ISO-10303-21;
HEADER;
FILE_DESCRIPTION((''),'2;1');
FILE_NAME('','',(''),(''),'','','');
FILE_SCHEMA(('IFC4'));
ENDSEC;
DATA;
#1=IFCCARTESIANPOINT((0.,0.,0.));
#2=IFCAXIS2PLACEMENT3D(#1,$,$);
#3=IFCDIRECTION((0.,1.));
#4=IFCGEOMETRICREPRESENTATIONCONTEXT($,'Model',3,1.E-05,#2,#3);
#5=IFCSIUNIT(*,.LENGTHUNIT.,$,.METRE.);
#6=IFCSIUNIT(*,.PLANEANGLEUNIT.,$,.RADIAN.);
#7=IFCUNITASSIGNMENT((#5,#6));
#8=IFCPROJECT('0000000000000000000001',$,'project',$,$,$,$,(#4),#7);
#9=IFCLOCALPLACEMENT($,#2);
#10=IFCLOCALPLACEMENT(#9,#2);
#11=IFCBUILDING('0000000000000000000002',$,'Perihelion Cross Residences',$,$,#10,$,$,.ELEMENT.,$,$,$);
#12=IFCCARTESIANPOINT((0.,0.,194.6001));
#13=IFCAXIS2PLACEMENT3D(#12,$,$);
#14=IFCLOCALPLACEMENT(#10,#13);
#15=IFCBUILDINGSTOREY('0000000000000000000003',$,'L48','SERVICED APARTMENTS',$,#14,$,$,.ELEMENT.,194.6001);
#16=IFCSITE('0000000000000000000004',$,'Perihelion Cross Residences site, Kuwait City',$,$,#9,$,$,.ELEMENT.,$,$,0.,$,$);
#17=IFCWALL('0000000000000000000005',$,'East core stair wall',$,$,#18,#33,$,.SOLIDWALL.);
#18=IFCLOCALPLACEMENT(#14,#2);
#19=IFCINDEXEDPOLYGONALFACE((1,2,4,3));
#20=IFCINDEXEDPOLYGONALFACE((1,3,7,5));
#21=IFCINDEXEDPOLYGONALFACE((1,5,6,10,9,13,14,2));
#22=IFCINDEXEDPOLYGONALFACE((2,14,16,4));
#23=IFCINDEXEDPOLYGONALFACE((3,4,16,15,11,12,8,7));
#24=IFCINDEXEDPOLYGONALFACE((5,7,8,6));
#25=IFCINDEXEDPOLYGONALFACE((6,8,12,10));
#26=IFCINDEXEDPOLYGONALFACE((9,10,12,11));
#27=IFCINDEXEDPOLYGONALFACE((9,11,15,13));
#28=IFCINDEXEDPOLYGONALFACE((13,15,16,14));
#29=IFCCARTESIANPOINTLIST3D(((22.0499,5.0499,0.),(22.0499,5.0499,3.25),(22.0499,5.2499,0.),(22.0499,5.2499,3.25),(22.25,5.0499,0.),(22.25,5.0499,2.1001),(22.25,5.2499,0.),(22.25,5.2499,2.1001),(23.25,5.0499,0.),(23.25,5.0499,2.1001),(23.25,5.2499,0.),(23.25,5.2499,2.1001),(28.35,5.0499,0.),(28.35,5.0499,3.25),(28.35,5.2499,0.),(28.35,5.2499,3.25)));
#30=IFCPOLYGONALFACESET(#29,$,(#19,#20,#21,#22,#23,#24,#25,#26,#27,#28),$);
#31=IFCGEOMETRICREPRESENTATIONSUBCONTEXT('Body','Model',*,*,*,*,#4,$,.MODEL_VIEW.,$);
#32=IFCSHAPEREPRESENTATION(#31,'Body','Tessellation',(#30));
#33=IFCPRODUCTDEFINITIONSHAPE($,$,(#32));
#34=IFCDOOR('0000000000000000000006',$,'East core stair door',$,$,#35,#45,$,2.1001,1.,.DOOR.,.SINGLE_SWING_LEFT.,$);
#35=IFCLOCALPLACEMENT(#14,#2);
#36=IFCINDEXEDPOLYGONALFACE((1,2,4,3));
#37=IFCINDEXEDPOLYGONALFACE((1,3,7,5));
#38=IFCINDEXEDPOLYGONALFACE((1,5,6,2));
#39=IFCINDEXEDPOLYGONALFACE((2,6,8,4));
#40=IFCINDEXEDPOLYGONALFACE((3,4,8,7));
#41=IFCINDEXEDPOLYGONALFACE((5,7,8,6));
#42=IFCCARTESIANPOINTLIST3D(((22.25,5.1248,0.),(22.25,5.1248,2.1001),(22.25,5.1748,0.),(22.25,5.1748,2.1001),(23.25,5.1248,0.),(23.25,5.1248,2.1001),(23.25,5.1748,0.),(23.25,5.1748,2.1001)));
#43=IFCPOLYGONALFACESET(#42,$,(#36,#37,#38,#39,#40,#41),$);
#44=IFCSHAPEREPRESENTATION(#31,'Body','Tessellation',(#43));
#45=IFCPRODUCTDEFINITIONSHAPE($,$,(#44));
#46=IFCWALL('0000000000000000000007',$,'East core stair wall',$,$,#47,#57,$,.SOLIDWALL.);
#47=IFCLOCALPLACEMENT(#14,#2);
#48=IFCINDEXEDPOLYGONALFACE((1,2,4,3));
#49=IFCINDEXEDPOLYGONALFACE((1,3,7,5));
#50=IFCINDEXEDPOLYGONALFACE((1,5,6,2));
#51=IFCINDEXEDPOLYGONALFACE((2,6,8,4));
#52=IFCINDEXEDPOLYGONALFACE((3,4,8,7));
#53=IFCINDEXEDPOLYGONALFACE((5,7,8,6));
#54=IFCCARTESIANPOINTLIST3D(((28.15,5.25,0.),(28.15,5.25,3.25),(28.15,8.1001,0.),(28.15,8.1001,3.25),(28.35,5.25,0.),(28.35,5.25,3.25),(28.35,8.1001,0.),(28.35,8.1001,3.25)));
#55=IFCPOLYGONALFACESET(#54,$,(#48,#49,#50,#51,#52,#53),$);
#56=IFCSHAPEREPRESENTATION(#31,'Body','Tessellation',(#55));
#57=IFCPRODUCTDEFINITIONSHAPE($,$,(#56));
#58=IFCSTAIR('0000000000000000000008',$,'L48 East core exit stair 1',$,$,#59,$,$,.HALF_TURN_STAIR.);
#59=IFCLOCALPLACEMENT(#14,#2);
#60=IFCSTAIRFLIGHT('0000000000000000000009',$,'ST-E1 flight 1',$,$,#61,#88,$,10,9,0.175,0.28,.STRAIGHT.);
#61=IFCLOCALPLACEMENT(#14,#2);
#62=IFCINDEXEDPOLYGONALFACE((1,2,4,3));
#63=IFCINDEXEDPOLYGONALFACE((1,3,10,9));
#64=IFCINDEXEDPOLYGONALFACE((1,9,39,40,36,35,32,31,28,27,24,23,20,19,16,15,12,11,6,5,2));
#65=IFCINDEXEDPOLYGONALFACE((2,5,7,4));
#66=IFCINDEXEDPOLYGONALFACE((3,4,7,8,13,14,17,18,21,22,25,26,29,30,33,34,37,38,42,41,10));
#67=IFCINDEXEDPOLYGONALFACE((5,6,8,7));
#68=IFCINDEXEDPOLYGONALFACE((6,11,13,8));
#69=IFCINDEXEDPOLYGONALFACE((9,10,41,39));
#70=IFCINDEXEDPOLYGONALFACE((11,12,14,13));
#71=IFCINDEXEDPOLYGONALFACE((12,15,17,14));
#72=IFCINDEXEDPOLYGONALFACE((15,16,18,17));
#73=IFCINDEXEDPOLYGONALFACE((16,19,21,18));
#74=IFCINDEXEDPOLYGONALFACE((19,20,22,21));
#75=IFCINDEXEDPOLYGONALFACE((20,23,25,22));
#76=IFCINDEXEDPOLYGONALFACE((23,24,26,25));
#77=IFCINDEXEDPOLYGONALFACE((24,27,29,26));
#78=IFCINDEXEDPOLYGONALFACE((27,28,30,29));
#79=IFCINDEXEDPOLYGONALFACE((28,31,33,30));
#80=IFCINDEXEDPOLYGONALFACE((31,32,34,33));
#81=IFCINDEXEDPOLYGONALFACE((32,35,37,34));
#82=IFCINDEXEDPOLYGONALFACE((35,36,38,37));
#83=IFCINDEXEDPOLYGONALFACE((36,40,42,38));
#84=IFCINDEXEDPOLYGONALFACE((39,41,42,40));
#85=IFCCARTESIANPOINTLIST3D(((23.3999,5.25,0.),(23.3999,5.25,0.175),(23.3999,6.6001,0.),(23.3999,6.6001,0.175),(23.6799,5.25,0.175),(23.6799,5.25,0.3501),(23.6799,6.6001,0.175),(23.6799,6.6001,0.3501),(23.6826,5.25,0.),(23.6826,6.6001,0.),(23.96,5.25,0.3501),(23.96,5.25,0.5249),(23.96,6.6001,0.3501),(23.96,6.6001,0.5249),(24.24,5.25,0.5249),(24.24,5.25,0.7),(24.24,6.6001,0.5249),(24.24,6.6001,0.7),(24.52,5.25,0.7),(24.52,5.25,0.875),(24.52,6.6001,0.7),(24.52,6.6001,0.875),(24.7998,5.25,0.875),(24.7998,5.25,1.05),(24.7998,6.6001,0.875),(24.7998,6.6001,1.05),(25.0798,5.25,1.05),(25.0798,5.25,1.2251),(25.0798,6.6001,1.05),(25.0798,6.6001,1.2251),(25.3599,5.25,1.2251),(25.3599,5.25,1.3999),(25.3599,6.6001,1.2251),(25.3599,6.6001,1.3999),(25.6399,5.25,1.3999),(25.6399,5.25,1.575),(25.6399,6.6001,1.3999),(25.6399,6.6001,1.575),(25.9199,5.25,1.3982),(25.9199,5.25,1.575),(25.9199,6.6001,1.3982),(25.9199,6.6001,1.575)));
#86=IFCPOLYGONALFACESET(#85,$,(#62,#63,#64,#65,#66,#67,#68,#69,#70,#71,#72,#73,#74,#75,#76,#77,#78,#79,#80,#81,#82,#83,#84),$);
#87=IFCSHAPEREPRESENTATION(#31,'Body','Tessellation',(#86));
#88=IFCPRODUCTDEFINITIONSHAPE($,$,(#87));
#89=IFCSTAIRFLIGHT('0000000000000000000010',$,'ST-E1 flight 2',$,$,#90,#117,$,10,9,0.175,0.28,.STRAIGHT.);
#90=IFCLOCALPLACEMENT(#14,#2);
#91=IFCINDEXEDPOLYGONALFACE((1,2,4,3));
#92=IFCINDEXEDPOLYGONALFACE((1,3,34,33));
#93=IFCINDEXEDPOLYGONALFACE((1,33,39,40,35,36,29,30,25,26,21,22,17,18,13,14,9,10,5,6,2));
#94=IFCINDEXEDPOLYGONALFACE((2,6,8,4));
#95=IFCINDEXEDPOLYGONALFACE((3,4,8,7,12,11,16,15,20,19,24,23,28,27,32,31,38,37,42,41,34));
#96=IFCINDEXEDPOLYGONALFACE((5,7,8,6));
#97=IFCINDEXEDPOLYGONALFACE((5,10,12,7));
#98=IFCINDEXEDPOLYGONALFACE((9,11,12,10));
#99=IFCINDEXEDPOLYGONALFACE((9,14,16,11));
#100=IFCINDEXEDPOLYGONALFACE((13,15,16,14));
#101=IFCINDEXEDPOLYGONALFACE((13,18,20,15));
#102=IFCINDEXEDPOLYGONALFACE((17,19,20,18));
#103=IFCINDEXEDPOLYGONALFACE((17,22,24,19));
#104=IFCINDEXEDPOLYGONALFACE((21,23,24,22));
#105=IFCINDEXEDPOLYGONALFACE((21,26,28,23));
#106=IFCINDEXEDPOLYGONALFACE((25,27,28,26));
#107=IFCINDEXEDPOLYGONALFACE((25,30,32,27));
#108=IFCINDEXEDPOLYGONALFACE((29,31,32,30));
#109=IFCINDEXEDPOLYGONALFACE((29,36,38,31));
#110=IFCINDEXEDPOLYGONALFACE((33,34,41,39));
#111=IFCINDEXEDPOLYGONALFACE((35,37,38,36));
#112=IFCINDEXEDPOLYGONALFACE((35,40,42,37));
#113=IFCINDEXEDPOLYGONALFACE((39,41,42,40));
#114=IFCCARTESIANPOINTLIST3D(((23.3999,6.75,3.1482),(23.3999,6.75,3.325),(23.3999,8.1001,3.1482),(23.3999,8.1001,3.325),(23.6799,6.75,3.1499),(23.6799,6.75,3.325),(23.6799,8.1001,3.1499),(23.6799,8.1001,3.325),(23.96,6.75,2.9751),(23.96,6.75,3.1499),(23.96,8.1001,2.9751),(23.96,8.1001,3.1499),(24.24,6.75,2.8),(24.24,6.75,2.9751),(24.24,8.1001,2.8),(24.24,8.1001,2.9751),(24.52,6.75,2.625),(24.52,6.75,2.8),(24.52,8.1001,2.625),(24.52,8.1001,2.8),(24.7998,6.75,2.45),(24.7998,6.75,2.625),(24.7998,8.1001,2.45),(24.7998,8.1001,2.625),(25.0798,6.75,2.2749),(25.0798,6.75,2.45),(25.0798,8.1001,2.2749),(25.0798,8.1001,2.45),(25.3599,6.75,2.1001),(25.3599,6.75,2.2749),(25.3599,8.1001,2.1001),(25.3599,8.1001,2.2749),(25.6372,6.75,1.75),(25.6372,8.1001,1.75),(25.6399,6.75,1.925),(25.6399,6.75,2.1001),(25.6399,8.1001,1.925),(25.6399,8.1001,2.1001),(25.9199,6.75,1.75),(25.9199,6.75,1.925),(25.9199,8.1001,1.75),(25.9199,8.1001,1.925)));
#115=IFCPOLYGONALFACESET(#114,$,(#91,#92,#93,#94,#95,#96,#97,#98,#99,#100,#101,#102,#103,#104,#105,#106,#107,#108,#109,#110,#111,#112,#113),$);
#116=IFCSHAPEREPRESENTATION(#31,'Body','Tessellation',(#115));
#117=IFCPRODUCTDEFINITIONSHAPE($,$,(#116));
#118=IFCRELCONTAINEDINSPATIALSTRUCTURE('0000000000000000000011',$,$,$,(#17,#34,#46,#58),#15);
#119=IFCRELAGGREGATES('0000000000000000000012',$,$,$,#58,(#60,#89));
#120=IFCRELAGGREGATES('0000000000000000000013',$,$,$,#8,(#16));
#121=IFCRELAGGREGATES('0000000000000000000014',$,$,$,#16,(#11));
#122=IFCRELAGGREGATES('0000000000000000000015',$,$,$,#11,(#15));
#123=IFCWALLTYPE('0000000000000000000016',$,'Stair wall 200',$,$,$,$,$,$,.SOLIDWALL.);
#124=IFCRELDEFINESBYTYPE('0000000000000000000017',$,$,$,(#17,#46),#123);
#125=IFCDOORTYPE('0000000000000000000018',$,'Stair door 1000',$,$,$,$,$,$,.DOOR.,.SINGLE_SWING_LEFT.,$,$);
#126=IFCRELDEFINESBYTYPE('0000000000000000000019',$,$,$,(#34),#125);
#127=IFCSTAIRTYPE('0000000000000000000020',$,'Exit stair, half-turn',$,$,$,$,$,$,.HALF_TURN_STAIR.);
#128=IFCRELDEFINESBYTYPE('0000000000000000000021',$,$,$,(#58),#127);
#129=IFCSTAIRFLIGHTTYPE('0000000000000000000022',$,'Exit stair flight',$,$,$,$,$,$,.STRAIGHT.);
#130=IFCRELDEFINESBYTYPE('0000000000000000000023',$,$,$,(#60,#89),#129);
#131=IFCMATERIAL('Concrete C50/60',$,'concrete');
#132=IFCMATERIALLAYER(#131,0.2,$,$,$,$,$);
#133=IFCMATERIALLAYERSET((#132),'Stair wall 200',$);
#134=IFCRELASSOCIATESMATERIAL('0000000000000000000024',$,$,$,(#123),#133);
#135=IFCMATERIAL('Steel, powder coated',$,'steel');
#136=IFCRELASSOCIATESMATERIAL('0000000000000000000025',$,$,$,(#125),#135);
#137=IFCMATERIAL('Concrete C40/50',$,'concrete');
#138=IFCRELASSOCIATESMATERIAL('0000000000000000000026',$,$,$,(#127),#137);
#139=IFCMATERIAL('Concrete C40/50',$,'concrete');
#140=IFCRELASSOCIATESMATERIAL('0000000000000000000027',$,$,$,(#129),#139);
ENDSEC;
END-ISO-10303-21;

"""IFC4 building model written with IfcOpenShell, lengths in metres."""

from ifc_helpers import new_model, si_unit, direction, frame, frame_2d, origin, place, context, subcontext, project, spatial, polyline, rectangle, outline, extrude, material, layer, layer_set, type_object, element, fill, aggregate, save


model = new_model("IFC4")

# Units and contexts
model_context = context("Model", 3, precision=1e-05, world=origin(), true_north=direction((0.0, 1.0)))
body_context = subcontext(model_context, "Body", "Model", "MODEL_VIEW")
ifc_project = project(units=[si_unit("LENGTHUNIT", "METRE"), si_unit("PLANEANGLEUNIT", "RADIAN")], contexts=[model_context])

# Site, building, storey
site_placement = place(None, origin())
site = spatial("IfcSite", under=ifc_project, at=site_placement, Name="Perihelion Cross Residences site, Kuwait City", CompositionType="ELEMENT", RefElevation=0.0)
building_placement = place(site_placement, origin())
building = spatial("IfcBuilding", under=site, at=building_placement, Name="Perihelion Cross Residences", CompositionType="ELEMENT")
storey_placement = place(building_placement, frame((0.0, 0.0, 194.6001)))
storey = spatial("IfcBuildingStorey", under=building, at=storey_placement, Name="L48", Description="SERVICED APARTMENTS", CompositionType="ELEMENT", Elevation=194.6001)

# Wall, opening, door
ifc_material_1 = material(Name="Concrete C50/60", Category="concrete")
ifc_layer_1 = layer(ifc_material_1, 0.2)
ifc_layer_set_1 = layer_set([ifc_layer_1], Name="Stair wall 200")
wall_type_1 = type_object("IfcWallType", Name="Stair wall 200", PredefinedType="SOLIDWALL", material=ifc_layer_set_1)
wall_1_placement = place(storey_placement, frame((22.05, 5.1499, 0.0), z_axis=(0.0, 0.0, 1.0), x_axis=(1.0, 0.0, 0.0)))
wall_1 = element("IfcWall", 1, at=wall_1_placement, inside=storey, type_object=wall_type_1, Name="East core stair wall", PredefinedType="SOLIDWALL", context=body_context, shape_type="SweptSolid", body=[
    extrude(rectangle(XDim=6.3, YDim=0.2, at=frame_2d((3.1499, 0.0))), origin(), (0.0, 0.0, 1.0), 3.25),
])
opening_1_placement = place(wall_1_placement, frame((0.2, 0.0, 0.0)))
opening_1 = element("IfcOpeningElement", 2, at=opening_1_placement, cuts=wall_1, PredefinedType="OPENING", context=body_context, shape_type="SweptSolid", body=[
    extrude(rectangle(XDim=1.0, YDim=2.1001, at=frame_2d((0.5, 1.05))), frame((0.0, 0.1099, 0.0), z_axis=(0.0, -1.0, 0.0), x_axis=(1.0, 0.0, 0.0)), (0.0, 0.0, 1.0), 0.22),
])
ifc_material_2 = material(Name="Steel, powder coated", Category="steel")
door_type_1 = type_object("IfcDoorType", Name="Stair door 1000", OperationType="SINGLE_SWING_LEFT", PredefinedType="DOOR", material=ifc_material_2)
door_1_placement = place(opening_1_placement, origin())
door_1 = element("IfcDoor", 3, at=door_1_placement, inside=storey, type_object=door_type_1, Name="East core stair door", OperationType="SINGLE_SWING_LEFT", OverallHeight=2.1001, OverallWidth=1.0, PredefinedType="DOOR", context=body_context, shape_type="SweptSolid", body=[
    extrude(rectangle(XDim=1.0, YDim=2.1001, at=frame_2d((0.5, 1.05))), frame((0.0, 0.0249, 0.0), z_axis=(0.0, -1.0, 0.0), x_axis=(1.0, 0.0, 0.0)), (0.0, 0.0, 1.0), 0.05),
])
fill(opening_1, door_1)

# Wall
wall_2_placement = place(storey_placement, frame((28.25, 5.25, 0.0), z_axis=(0.0, 0.0, 1.0), x_axis=(0.0, 1.0, 0.0)))
element("IfcWall", 4, at=wall_2_placement, inside=storey, type_object=wall_type_1, Name="East core stair wall", PredefinedType="SOLIDWALL", context=body_context, shape_type="SweptSolid", body=[
    extrude(rectangle(XDim=2.8501, YDim=0.2, at=frame_2d((1.425, 0.0))), origin(), (0.0, 0.0, 1.0), 3.25),
])

# Stair, stair flights
ifc_material_3 = material(Name="Concrete C40/50", Category="concrete")
stair_type = type_object("IfcStairType", Name="Exit stair, half-turn", PredefinedType="HALF_TURN_STAIR", material=ifc_material_3)
stair_placement = place(storey_placement, origin())
stair = element("IfcStair", 5, at=stair_placement, inside=storey, type_object=stair_type, Name="L48 East core exit stair 1", PredefinedType="HALF_TURN_STAIR")
ifc_material_4 = material(Name="Concrete C40/50", Category="concrete")
stair_flight_type = type_object("IfcStairFlightType", Name="Exit stair flight", PredefinedType="STRAIGHT", material=ifc_material_4)
stair_flight_1_placement = place(storey_placement, frame((23.3999, 5.925, 0.0), z_axis=(0.0, 0.0, 1.0), x_axis=(1.0, 0.0, 0.0)))
stair_flight_1 = element("IfcStairFlight", 6, at=stair_flight_1_placement, type_object=stair_flight_type, Name="ST-E1 flight 1", NumberOfRisers=10, NumberOfTreads=9, PredefinedType="STRAIGHT", RiserHeight=0.175, TreadLength=0.28, context=body_context, shape_type="SweptSolid", body=[
    extrude(outline(polyline([(0.0, 0.0), (0.0, 0.175), (0.28, 0.175), (0.28, 0.3501), (0.5601, 0.3501), (0.5601, 0.5249), (0.8401, 0.5249), (0.8401, 0.7), (1.1201, 0.7), (1.1201, 0.875), (1.3999, 0.875), (1.3999, 1.05), (1.6799, 1.05), (1.6799, 1.2251), (1.96, 1.2251), (1.96, 1.3999), (2.24, 1.3999), (2.24, 1.575), (2.52, 1.575), (2.52, 1.75), (2.52, 1.3982), (0.2827, 0.0), (0.0, 0.0)])), frame((0.0, 0.675, 0.0), z_axis=(0.0, -1.0, 0.0), x_axis=(1.0, 0.0, 0.0)), (0.0, 0.0, 1.0), 1.3501),
])
stair_flight_2_placement = place(storey_placement, frame((25.9199, 7.425, 1.75), z_axis=(0.0, 0.0, 1.0), x_axis=(-1.0, 0.0, 0.0)))
stair_flight_2 = element("IfcStairFlight", 7, at=stair_flight_2_placement, type_object=stair_flight_type, Name="ST-E1 flight 2", NumberOfRisers=10, NumberOfTreads=9, PredefinedType="STRAIGHT", RiserHeight=0.175, TreadLength=0.28, context=body_context, shape_type="SweptSolid", body=[
    extrude(outline(polyline([(0.0, 0.0), (0.0, 0.175), (0.28, 0.175), (0.28, 0.3501), (0.5601, 0.3501), (0.5601, 0.5249), (0.8401, 0.5249), (0.8401, 0.7), (1.1201, 0.7), (1.1201, 0.875), (1.3999, 0.875), (1.3999, 1.05), (1.6799, 1.05), (1.6799, 1.2251), (1.96, 1.2251), (1.96, 1.3999), (2.24, 1.3999), (2.24, 1.575), (2.52, 1.575), (2.52, 1.75), (2.52, 1.3982), (0.2827, 0.0), (0.0, 0.0)])), frame((0.0, 0.675, 0.0), z_axis=(0.0, -1.0, 0.0), x_axis=(1.0, 0.0, 0.0)), (0.0, 0.0, 1.0), 1.3501),
])
aggregate(stair, [stair_flight_1, stair_flight_2])

save(model, "model.ifc")
